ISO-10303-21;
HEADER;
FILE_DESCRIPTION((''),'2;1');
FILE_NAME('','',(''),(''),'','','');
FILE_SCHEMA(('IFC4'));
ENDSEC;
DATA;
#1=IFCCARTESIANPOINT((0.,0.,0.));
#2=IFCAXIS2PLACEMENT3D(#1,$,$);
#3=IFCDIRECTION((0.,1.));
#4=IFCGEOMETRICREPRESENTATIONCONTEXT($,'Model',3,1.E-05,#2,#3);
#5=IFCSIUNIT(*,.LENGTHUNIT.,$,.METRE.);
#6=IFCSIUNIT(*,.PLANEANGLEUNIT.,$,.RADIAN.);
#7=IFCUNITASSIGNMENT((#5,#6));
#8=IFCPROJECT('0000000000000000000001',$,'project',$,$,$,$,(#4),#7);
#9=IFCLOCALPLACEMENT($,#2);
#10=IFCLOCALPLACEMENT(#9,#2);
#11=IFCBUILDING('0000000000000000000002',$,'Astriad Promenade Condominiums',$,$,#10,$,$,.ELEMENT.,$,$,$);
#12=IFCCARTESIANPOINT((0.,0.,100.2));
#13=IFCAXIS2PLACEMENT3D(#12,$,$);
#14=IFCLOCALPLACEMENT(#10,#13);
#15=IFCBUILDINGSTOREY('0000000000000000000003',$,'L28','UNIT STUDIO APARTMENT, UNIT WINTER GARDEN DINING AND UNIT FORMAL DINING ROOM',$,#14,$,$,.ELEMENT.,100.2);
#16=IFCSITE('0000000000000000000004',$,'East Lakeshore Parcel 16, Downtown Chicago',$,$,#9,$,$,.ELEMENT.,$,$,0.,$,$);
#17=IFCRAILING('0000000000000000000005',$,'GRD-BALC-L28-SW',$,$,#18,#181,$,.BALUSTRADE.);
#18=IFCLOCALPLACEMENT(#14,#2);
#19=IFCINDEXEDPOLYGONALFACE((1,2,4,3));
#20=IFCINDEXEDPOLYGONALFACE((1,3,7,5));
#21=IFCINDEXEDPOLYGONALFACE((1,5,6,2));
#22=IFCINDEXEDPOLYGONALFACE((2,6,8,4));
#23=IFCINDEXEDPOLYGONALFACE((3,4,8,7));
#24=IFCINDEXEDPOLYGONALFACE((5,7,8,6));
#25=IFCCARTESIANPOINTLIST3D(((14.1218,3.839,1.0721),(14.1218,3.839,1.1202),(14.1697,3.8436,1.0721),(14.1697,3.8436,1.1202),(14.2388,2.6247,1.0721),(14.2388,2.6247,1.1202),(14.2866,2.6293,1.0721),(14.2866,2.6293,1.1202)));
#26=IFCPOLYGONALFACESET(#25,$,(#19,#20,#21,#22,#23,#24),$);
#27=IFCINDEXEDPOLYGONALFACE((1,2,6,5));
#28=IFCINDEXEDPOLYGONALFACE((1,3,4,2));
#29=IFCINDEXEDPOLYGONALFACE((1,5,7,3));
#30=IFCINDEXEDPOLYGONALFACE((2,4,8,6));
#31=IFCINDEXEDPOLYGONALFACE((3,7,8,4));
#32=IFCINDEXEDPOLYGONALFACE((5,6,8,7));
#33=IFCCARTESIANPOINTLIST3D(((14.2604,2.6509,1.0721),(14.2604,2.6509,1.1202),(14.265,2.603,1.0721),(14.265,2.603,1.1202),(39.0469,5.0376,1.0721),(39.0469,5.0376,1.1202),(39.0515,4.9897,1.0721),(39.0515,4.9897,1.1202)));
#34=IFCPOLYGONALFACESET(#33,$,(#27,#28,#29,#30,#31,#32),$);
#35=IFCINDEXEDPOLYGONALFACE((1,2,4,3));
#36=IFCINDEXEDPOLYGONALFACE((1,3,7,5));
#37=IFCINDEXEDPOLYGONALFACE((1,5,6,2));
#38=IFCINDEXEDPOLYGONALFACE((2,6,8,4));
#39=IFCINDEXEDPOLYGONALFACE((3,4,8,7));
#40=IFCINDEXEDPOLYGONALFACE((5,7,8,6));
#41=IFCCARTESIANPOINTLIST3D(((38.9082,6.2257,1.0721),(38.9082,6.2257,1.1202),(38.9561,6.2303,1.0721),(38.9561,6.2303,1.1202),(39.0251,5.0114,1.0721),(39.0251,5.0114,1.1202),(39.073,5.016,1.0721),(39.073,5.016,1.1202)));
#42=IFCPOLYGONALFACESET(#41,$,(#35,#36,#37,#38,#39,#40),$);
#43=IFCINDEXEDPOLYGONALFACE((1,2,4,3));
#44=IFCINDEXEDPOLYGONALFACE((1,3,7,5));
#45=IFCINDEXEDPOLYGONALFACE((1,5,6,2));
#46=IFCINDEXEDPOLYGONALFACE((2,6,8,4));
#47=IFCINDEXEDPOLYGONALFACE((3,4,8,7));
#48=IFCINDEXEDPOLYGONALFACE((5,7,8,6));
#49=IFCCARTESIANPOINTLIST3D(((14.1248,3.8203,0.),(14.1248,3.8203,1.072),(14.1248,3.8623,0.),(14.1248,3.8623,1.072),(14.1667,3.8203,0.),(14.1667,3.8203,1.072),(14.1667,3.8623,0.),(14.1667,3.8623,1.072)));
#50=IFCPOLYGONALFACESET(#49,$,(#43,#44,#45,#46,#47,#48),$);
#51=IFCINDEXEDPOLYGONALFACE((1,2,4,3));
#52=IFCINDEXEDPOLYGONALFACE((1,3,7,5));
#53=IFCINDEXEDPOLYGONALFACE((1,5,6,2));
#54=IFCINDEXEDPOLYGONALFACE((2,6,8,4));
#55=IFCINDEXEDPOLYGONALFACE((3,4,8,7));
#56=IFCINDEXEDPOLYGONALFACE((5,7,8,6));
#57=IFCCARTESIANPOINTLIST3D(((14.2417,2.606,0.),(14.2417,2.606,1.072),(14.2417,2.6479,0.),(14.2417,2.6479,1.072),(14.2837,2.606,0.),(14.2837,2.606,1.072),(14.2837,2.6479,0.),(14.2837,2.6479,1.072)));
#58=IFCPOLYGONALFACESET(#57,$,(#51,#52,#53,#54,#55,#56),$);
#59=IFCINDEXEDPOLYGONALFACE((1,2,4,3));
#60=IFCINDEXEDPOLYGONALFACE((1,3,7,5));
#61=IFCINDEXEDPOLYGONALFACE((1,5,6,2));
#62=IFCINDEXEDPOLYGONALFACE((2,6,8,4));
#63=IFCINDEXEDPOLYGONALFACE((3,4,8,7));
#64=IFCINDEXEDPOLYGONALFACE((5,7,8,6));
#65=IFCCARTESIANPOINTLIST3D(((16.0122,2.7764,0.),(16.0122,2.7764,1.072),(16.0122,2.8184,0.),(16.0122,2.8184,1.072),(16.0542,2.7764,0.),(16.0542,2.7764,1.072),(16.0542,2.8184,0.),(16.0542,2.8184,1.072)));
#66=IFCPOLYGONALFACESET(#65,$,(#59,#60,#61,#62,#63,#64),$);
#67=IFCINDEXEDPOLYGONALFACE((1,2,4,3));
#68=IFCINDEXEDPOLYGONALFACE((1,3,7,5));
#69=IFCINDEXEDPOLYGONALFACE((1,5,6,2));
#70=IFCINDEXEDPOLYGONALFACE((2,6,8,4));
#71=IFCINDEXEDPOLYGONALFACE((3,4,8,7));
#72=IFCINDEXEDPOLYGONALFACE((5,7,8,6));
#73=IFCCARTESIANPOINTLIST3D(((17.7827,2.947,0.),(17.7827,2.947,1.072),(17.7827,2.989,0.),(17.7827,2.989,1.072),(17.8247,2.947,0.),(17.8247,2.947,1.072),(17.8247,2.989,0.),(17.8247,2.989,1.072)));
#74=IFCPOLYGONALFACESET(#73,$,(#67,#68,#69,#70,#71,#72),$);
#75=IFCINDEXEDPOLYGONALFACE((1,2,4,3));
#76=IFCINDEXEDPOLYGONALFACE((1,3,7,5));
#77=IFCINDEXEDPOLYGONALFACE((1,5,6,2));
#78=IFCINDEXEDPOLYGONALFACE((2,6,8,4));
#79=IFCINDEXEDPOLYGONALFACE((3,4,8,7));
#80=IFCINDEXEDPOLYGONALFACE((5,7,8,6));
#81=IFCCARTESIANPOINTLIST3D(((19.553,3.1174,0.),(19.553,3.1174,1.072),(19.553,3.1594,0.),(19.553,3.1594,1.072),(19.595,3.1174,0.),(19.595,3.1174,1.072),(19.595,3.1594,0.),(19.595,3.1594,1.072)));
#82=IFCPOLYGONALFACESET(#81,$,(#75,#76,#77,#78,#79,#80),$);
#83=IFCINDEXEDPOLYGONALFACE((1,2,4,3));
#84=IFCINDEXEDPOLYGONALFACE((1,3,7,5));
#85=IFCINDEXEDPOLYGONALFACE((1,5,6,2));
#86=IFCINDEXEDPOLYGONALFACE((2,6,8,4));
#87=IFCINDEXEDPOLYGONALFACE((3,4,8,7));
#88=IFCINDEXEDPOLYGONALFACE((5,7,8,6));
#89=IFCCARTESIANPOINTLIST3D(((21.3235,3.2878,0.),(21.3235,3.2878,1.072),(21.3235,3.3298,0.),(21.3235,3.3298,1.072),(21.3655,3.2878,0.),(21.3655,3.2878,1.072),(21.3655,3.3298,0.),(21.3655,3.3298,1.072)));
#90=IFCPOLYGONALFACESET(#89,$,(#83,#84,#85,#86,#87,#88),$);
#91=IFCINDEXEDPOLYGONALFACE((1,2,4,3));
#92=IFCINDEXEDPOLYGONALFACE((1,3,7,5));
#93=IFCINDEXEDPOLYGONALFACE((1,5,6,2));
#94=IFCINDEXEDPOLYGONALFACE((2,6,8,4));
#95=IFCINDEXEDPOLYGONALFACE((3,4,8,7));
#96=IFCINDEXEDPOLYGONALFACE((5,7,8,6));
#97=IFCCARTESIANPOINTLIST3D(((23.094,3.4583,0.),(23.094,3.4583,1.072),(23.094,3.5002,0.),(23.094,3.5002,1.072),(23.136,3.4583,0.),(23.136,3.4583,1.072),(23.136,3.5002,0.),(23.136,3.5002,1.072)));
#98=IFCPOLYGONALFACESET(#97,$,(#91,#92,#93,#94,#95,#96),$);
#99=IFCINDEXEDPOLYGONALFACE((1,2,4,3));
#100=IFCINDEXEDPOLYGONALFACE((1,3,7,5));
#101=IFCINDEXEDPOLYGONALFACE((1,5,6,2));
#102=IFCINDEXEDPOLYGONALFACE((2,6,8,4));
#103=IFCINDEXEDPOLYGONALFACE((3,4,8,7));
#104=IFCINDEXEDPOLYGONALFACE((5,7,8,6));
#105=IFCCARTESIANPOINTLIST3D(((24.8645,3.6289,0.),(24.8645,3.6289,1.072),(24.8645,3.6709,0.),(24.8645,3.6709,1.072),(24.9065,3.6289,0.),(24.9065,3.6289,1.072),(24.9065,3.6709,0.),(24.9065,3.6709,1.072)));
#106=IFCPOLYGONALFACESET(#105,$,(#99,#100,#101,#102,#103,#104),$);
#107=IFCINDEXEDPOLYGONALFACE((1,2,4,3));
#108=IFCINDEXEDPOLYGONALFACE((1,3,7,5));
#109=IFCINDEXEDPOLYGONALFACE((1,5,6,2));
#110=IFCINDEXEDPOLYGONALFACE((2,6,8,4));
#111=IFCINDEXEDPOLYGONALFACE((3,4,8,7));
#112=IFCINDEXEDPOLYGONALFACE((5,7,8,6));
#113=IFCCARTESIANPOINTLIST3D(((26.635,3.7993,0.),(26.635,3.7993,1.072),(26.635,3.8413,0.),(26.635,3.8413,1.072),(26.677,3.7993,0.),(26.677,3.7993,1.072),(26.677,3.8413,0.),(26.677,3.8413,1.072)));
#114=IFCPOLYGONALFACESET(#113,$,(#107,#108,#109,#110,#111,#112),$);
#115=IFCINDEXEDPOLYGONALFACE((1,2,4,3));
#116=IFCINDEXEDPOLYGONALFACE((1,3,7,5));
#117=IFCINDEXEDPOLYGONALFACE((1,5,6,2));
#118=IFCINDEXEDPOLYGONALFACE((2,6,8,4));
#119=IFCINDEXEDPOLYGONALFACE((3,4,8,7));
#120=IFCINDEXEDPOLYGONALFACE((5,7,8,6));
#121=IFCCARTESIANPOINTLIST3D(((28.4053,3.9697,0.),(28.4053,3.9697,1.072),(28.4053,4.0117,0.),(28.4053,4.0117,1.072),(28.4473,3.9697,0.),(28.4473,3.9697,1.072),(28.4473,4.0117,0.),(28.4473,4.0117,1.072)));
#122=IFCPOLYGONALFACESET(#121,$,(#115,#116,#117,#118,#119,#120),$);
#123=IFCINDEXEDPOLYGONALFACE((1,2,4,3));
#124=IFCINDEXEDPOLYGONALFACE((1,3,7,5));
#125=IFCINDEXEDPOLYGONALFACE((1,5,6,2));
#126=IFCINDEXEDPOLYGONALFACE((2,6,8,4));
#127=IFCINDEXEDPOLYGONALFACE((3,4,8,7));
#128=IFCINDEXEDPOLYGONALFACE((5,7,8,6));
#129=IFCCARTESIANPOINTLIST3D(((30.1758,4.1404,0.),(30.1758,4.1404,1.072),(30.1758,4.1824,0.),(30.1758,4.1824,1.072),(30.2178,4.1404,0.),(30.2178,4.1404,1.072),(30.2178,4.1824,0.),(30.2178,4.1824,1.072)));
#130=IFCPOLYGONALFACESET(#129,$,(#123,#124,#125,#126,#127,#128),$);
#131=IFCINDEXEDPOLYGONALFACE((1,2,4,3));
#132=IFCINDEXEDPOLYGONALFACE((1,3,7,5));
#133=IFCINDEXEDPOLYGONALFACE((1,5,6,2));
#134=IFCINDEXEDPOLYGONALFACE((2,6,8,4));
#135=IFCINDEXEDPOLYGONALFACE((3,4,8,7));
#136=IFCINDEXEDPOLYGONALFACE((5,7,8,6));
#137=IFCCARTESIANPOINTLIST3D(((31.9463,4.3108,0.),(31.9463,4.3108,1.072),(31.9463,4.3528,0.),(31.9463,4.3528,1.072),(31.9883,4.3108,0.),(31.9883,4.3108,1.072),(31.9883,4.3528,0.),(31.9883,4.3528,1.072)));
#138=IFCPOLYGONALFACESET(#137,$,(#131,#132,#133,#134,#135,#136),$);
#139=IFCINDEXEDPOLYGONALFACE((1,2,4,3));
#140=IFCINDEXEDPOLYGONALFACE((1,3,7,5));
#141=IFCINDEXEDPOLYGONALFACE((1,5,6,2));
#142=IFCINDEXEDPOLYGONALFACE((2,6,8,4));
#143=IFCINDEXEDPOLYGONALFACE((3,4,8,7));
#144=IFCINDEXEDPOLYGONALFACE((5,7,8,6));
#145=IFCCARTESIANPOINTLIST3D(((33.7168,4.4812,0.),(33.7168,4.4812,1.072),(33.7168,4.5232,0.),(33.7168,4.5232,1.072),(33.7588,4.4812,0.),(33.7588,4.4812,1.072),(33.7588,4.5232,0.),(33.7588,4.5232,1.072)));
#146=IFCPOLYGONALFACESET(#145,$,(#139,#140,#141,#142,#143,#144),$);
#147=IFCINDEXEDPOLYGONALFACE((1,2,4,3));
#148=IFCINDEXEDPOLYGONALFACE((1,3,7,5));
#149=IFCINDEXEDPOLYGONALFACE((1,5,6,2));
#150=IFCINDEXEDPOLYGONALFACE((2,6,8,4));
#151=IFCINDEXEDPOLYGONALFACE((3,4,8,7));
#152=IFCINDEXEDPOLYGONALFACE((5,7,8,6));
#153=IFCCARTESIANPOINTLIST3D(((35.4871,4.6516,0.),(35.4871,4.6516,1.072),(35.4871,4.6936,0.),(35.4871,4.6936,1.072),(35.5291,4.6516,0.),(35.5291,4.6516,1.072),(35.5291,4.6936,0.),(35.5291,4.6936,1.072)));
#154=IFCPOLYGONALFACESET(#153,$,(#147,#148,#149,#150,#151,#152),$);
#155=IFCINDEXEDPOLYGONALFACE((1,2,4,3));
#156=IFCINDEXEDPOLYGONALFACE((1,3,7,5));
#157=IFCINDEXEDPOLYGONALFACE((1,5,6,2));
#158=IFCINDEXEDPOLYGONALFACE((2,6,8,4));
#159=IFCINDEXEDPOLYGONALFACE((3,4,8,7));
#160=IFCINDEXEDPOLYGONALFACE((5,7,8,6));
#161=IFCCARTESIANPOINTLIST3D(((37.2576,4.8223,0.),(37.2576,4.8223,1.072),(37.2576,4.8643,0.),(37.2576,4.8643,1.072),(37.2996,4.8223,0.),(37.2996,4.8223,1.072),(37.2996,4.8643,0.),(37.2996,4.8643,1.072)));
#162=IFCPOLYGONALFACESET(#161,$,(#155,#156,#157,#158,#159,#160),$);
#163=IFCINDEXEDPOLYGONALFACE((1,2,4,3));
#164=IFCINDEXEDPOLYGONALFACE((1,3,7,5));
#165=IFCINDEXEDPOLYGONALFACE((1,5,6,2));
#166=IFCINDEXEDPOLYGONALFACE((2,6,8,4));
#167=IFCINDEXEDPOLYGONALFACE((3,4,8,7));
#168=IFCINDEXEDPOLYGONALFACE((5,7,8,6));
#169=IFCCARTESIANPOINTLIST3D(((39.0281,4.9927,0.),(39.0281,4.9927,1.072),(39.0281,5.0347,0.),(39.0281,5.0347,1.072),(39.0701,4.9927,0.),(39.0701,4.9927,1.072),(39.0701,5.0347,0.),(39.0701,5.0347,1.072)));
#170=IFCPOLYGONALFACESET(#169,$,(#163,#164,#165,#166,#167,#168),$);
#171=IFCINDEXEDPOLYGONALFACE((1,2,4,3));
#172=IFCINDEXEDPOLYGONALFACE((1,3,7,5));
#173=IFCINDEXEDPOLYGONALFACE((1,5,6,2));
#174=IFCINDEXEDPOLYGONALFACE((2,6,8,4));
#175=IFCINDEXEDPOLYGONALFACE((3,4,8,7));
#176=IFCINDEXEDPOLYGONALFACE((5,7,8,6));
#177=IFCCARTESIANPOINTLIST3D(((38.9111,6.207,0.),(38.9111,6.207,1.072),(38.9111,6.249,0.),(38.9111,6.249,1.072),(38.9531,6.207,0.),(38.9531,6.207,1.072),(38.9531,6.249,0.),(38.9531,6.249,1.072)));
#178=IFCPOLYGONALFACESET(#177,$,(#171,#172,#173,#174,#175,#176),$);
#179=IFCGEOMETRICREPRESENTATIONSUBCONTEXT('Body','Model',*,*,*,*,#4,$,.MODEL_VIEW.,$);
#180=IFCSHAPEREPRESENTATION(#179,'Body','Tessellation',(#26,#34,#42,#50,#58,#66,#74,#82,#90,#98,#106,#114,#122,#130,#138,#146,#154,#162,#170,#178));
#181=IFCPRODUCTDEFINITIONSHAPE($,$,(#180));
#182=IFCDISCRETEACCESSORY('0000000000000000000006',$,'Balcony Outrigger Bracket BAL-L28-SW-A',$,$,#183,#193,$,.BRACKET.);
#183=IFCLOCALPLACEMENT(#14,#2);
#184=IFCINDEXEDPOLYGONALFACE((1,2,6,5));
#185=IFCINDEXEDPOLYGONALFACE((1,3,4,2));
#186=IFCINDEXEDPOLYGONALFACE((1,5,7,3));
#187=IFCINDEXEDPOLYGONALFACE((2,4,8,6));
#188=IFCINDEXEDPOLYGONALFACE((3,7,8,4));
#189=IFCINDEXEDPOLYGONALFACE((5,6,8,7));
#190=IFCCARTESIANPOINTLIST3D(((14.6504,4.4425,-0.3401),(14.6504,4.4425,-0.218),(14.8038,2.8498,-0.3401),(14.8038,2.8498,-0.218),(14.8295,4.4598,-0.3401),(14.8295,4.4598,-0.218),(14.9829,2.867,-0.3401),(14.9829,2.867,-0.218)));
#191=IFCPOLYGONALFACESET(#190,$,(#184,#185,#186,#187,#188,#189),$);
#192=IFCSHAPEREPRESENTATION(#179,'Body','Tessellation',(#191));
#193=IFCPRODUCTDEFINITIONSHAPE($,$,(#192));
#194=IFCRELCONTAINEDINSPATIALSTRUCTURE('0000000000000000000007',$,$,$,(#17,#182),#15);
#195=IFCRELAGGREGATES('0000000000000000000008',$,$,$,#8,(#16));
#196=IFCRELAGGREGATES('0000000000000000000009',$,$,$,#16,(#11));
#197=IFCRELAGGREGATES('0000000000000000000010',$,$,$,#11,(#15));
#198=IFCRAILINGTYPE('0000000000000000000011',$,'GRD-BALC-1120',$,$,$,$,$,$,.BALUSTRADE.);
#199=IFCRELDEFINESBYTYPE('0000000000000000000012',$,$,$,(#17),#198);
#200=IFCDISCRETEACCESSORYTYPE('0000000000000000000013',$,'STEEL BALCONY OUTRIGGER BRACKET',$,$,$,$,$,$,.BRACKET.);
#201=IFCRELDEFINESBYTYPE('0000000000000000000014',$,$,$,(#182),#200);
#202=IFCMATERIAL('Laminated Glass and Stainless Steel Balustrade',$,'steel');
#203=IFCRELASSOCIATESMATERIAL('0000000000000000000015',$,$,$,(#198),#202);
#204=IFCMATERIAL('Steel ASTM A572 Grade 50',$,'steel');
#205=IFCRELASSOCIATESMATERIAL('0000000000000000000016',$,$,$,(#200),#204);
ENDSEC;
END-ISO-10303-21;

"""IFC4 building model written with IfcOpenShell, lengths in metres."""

from ifc_helpers import new_model, si_unit, direction, frame, origin, origin_2d, place, context, subcontext, project, spatial, rectangle, extrude, source, transform, mapped, material, type_object, type_shapes, element, save


model = new_model("IFC4")

# Units and contexts
model_context = context("Model", 3, precision=1e-05, world=origin(), true_north=direction((0.0, 1.0)))
body_context = subcontext(model_context, "Body", "Model", "MODEL_VIEW")
ifc_project = project(units=[si_unit("LENGTHUNIT", "METRE"), si_unit("PLANEANGLEUNIT", "RADIAN")], contexts=[model_context])

# Site, building, storey
site_placement = place(None, origin())
site = spatial("IfcSite", under=ifc_project, at=site_placement, Name="East Lakeshore Parcel 16, Downtown Chicago", CompositionType="ELEMENT", RefElevation=0.0)
building_placement = place(site_placement, origin())
building = spatial("IfcBuilding", under=site, at=building_placement, Name="Astriad Promenade Condominiums", CompositionType="ELEMENT")
storey_placement = place(building_placement, frame((0.0, 0.0, 100.2)))
storey = spatial("IfcBuildingStorey", under=building, at=storey_placement, Name="L28", Description="UNIT STUDIO APARTMENT, UNIT WINTER GARDEN DINING AND UNIT FORMAL DINING ROOM", CompositionType="ELEMENT", Elevation=100.2)

# Railing
ifc_material_1 = material(Name="Laminated Glass and Stainless Steel Balustrade", Category="steel")
railing_type = type_object("IfcRailingType", Name="GRD-BALC-1120", PredefinedType="BALUSTRADE", material=ifc_material_1)
shared_shape_1 = source(origin(), body_context, "Body", "SweptSolid", [
    extrude(rectangle(XDim=0.0481, YDim=0.0481, at=origin_2d()), frame((0.0, 0.0, 1.0962), z_axis=(0.095857, -0.995395, 0.0), x_axis=(0.995395, 0.095857, 0.0)), (0.0, 0.0, 1.0), 1.22),
    extrude(rectangle(XDim=0.0481, YDim=0.0481, at=origin_2d()), frame((0.1169, -1.2144, 1.0962), z_axis=(0.995396, 0.095848, 0.0), x_axis=(-0.095848, 0.995396, 0.0)), (0.0, 0.0, 1.0), 24.9011),
    extrude(rectangle(XDim=0.0481, YDim=0.0481, at=origin_2d()), frame((24.9033, 1.1724, 1.0962), z_axis=(-0.095857, 0.995395, 0.0), x_axis=(-0.995395, -0.095857, 0.0)), (0.0, 0.0, 1.0), 1.22),
    extrude(rectangle(XDim=0.042, YDim=0.042, at=origin_2d()), origin(), (0.0, 0.0, 1.0), 1.072),
    extrude(rectangle(XDim=0.042, YDim=0.042, at=origin_2d()), frame((0.1169, -1.2144, 0.0)), (0.0, 0.0, 1.0), 1.072),
    extrude(rectangle(XDim=0.042, YDim=0.042, at=origin_2d()), frame((1.8875, -1.0439, 0.0)), (0.0, 0.0, 1.0), 1.072),
    extrude(rectangle(XDim=0.042, YDim=0.042, at=origin_2d()), frame((3.658, -0.8733, 0.0)), (0.0, 0.0, 1.0), 1.072),
    extrude(rectangle(XDim=0.042, YDim=0.042, at=origin_2d()), frame((5.4282, -0.7029, 0.0)), (0.0, 0.0, 1.0), 1.072),
    extrude(rectangle(XDim=0.042, YDim=0.042, at=origin_2d()), frame((7.1987, -0.5325, 0.0)), (0.0, 0.0, 1.0), 1.072),
    extrude(rectangle(XDim=0.042, YDim=0.042, at=origin_2d()), frame((8.9692, -0.3621, 0.0)), (0.0, 0.0, 1.0), 1.072),
    extrude(rectangle(XDim=0.042, YDim=0.042, at=origin_2d()), frame((10.7397, -0.1914, 0.0)), (0.0, 0.0, 1.0), 1.072),
    extrude(rectangle(XDim=0.042, YDim=0.042, at=origin_2d()), frame((12.5103, -0.021, 0.0)), (0.0, 0.0, 1.0), 1.072),
    extrude(rectangle(XDim=0.042, YDim=0.042, at=origin_2d()), frame((14.2805, 0.1494, 0.0)), (0.0, 0.0, 1.0), 1.072),
    extrude(rectangle(XDim=0.042, YDim=0.042, at=origin_2d()), frame((16.051, 0.3201, 0.0)), (0.0, 0.0, 1.0), 1.072),
    extrude(rectangle(XDim=0.042, YDim=0.042, at=origin_2d()), frame((17.8215, 0.4905, 0.0)), (0.0, 0.0, 1.0), 1.072),
    extrude(rectangle(XDim=0.042, YDim=0.042, at=origin_2d()), frame((19.592, 0.6609, 0.0)), (0.0, 0.0, 1.0), 1.072),
    extrude(rectangle(XDim=0.042, YDim=0.042, at=origin_2d()), frame((21.3623, 0.8313, 0.0)), (0.0, 0.0, 1.0), 1.072),
    extrude(rectangle(XDim=0.042, YDim=0.042, at=origin_2d()), frame((23.1328, 1.002, 0.0)), (0.0, 0.0, 1.0), 1.072),
    extrude(rectangle(XDim=0.042, YDim=0.042, at=origin_2d()), frame((24.9033, 1.1724, 0.0)), (0.0, 0.0, 1.0), 1.072),
    extrude(rectangle(XDim=0.042, YDim=0.042, at=origin_2d()), frame((24.7864, 2.3867, 0.0)), (0.0, 0.0, 1.0), 1.072),
])
type_shapes(railing_type, [shared_shape_1])
railing_placement = place(storey_placement, frame((14.1458, 3.8413, 0.0)))
element("IfcRailing", 1, at=railing_placement, inside=storey, type_object=railing_type, Name="GRD-BALC-L28-SW", PredefinedType="BALUSTRADE", context=body_context, shape_type="MappedRepresentation", body=[
    mapped(shared_shape_1, transform((0.0, 0.0, 0.0), scale=1.0)),
])

# Discrete accessory
ifc_material_2 = material(Name="Steel ASTM A572 Grade 50", Category="steel")
discrete_accessory_type = type_object("IfcDiscreteAccessoryType", Name="STEEL BALCONY OUTRIGGER BRACKET", PredefinedType="BRACKET", material=ifc_material_2)
shared_shape_2 = source(origin(), body_context, "Body", "SweptSolid", [
    extrude(rectangle(XDim=1.6001, YDim=0.1799, at=origin_2d()), origin(), (0.0, 0.0, 1.0), 0.1221),
])
type_shapes(discrete_accessory_type, [shared_shape_2])
discrete_accessory_placement = place(storey_placement, frame((14.8167, 3.6548, -0.3401), z_axis=(0.0, 0.0, 1.0), x_axis=(0.095846, -0.995396, 0.0)))
element("IfcDiscreteAccessory", 2, at=discrete_accessory_placement, inside=storey, type_object=discrete_accessory_type, Name="Balcony Outrigger Bracket BAL-L28-SW-A", PredefinedType="BRACKET", context=body_context, shape_type="MappedRepresentation", body=[
    mapped(shared_shape_2, transform((0.0, 0.0, 0.0), scale=1.0)),
])

save(model, "model.ifc")
